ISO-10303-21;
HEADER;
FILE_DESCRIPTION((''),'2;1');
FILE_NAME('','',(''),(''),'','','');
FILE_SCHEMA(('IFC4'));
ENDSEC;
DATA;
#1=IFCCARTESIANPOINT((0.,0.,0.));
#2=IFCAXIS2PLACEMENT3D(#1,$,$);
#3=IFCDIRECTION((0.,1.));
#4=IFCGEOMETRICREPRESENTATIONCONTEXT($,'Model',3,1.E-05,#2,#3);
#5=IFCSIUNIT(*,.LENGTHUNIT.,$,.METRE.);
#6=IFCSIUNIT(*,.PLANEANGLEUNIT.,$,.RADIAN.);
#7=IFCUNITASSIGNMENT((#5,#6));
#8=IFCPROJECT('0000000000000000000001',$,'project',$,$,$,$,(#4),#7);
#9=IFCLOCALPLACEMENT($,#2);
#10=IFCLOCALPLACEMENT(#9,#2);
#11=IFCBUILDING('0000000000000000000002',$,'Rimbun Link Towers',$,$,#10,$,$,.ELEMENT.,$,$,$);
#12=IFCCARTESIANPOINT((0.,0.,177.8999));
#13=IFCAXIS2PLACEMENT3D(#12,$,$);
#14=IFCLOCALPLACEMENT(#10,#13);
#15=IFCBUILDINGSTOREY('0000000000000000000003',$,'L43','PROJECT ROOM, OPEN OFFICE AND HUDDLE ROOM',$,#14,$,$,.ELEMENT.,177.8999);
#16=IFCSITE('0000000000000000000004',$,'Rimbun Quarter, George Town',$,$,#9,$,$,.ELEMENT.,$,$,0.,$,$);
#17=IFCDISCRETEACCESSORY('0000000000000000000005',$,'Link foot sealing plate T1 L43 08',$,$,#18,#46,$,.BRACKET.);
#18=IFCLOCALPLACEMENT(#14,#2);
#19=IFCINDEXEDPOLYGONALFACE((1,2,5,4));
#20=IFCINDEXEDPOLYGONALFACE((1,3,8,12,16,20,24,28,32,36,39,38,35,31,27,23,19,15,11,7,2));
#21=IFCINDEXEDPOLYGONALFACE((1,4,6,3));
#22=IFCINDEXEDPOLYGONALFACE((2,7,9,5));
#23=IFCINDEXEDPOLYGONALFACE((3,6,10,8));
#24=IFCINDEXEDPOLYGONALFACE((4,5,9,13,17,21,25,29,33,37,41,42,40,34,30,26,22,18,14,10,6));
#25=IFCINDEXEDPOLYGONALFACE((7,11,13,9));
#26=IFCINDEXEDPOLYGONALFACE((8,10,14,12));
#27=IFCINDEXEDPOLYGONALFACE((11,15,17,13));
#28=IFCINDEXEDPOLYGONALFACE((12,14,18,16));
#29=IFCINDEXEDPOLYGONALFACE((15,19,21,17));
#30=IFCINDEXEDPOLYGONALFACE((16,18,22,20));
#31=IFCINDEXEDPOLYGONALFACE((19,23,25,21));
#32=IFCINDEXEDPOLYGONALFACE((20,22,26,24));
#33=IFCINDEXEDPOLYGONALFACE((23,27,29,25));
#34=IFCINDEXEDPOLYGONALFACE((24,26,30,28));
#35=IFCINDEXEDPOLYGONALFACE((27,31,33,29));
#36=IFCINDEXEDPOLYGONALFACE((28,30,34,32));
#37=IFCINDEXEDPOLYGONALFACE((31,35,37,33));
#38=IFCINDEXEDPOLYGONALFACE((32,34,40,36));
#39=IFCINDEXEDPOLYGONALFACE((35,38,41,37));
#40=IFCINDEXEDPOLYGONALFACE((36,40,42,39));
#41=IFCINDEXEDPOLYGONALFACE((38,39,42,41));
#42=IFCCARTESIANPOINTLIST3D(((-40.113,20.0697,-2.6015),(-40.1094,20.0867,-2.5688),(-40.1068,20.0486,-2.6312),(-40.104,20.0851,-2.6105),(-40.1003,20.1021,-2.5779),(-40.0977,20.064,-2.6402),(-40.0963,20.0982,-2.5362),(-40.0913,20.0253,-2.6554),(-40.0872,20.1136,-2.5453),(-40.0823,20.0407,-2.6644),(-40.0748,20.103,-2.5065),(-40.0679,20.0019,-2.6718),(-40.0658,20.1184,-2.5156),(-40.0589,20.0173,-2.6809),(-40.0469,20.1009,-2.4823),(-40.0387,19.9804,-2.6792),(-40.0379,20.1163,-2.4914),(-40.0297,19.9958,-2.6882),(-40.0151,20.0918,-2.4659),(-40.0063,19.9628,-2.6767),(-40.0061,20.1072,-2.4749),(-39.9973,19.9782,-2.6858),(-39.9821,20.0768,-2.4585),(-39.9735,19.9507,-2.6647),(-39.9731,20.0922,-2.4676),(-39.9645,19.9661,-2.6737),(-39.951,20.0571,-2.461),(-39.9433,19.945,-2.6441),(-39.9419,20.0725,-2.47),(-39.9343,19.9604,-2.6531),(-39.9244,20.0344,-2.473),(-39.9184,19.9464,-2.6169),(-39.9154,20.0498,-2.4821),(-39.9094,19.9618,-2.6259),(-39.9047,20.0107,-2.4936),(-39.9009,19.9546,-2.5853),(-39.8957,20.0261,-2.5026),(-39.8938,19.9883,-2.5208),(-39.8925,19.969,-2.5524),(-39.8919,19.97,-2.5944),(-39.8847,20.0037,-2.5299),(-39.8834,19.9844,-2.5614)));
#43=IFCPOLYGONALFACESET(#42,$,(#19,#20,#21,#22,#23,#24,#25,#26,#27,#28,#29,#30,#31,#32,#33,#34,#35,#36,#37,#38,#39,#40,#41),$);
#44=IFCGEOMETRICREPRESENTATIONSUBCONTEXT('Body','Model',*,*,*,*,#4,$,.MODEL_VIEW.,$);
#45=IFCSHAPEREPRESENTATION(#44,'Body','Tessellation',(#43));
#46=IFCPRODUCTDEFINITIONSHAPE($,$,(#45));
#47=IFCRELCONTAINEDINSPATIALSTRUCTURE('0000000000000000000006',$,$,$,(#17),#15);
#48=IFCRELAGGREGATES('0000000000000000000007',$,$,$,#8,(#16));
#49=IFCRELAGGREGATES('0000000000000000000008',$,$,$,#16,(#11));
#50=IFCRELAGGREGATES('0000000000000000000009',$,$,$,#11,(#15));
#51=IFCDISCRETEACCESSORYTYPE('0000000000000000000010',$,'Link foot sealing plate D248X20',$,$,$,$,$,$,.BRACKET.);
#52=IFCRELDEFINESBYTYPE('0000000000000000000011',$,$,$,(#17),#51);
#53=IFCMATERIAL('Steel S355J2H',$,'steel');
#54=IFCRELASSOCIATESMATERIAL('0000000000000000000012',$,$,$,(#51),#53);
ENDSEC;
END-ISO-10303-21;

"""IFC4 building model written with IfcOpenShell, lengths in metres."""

from ifc_helpers import new_model, si_unit, direction, frame, origin, origin_2d, place, context, subcontext, project, spatial, circle, extrude, material, material_profile, profile_set, type_object, element, save


model = new_model("IFC4")

# Units and contexts
model_context = context("Model", 3, precision=1e-05, world=origin(), true_north=direction((0.0, 1.0)))
body_context = subcontext(model_context, "Body", "Model", "MODEL_VIEW")
ifc_project = project(units=[si_unit("LENGTHUNIT", "METRE"), si_unit("PLANEANGLEUNIT", "RADIAN")], contexts=[model_context])

# Site, building, storey
site_placement = place(None, origin())
site = spatial("IfcSite", under=ifc_project, at=site_placement, Name="Rimbun Quarter, George Town", CompositionType="ELEMENT", RefElevation=0.0)
building_placement = place(site_placement, origin())
building = spatial("IfcBuilding", under=site, at=building_placement, Name="Rimbun Link Towers", CompositionType="ELEMENT")
storey_placement = place(building_placement, frame((0.0, 0.0, 177.8999)))
storey = spatial("IfcBuildingStorey", under=building, at=storey_placement, Name="L43", Description="PROJECT ROOM, OPEN OFFICE AND HUDDLE ROOM", CompositionType="ELEMENT", Elevation=177.8999)

# Discrete accessory
ifc_material_1 = material(Name="Steel S355J2H", Category="steel")
ifc_material_profile_1 = material_profile(ifc_material_1, circle(Radius=0.124, at=origin_2d()), Name="PL D248")
ifc_profile_set_1 = profile_set([ifc_material_profile_1], Name="Steel S355J2H")
discrete_accessory_type = type_object("IfcDiscreteAccessoryType", Name="Link foot sealing plate D248X20", PredefinedType="BRACKET", material=ifc_profile_set_1)
discrete_accessory_placement = place(storey_placement, frame((-40.0024, 20.0239, -2.5688), z_axis=(0.451791, 0.769266, -0.451791), x_axis=(-0.862286, 0.506422, 0.0)))
element("IfcDiscreteAccessory", 1, at=discrete_accessory_placement, inside=storey, type_object=discrete_accessory_type, Name="Link foot sealing plate T1 L43 08", PredefinedType="BRACKET", context=body_context, shape_type="SweptSolid", body=[
    extrude(circle(Radius=0.124, at=origin_2d()), origin(), (0.0, 0.0, 1.0), 0.02),
])

save(model, "model.ifc")
